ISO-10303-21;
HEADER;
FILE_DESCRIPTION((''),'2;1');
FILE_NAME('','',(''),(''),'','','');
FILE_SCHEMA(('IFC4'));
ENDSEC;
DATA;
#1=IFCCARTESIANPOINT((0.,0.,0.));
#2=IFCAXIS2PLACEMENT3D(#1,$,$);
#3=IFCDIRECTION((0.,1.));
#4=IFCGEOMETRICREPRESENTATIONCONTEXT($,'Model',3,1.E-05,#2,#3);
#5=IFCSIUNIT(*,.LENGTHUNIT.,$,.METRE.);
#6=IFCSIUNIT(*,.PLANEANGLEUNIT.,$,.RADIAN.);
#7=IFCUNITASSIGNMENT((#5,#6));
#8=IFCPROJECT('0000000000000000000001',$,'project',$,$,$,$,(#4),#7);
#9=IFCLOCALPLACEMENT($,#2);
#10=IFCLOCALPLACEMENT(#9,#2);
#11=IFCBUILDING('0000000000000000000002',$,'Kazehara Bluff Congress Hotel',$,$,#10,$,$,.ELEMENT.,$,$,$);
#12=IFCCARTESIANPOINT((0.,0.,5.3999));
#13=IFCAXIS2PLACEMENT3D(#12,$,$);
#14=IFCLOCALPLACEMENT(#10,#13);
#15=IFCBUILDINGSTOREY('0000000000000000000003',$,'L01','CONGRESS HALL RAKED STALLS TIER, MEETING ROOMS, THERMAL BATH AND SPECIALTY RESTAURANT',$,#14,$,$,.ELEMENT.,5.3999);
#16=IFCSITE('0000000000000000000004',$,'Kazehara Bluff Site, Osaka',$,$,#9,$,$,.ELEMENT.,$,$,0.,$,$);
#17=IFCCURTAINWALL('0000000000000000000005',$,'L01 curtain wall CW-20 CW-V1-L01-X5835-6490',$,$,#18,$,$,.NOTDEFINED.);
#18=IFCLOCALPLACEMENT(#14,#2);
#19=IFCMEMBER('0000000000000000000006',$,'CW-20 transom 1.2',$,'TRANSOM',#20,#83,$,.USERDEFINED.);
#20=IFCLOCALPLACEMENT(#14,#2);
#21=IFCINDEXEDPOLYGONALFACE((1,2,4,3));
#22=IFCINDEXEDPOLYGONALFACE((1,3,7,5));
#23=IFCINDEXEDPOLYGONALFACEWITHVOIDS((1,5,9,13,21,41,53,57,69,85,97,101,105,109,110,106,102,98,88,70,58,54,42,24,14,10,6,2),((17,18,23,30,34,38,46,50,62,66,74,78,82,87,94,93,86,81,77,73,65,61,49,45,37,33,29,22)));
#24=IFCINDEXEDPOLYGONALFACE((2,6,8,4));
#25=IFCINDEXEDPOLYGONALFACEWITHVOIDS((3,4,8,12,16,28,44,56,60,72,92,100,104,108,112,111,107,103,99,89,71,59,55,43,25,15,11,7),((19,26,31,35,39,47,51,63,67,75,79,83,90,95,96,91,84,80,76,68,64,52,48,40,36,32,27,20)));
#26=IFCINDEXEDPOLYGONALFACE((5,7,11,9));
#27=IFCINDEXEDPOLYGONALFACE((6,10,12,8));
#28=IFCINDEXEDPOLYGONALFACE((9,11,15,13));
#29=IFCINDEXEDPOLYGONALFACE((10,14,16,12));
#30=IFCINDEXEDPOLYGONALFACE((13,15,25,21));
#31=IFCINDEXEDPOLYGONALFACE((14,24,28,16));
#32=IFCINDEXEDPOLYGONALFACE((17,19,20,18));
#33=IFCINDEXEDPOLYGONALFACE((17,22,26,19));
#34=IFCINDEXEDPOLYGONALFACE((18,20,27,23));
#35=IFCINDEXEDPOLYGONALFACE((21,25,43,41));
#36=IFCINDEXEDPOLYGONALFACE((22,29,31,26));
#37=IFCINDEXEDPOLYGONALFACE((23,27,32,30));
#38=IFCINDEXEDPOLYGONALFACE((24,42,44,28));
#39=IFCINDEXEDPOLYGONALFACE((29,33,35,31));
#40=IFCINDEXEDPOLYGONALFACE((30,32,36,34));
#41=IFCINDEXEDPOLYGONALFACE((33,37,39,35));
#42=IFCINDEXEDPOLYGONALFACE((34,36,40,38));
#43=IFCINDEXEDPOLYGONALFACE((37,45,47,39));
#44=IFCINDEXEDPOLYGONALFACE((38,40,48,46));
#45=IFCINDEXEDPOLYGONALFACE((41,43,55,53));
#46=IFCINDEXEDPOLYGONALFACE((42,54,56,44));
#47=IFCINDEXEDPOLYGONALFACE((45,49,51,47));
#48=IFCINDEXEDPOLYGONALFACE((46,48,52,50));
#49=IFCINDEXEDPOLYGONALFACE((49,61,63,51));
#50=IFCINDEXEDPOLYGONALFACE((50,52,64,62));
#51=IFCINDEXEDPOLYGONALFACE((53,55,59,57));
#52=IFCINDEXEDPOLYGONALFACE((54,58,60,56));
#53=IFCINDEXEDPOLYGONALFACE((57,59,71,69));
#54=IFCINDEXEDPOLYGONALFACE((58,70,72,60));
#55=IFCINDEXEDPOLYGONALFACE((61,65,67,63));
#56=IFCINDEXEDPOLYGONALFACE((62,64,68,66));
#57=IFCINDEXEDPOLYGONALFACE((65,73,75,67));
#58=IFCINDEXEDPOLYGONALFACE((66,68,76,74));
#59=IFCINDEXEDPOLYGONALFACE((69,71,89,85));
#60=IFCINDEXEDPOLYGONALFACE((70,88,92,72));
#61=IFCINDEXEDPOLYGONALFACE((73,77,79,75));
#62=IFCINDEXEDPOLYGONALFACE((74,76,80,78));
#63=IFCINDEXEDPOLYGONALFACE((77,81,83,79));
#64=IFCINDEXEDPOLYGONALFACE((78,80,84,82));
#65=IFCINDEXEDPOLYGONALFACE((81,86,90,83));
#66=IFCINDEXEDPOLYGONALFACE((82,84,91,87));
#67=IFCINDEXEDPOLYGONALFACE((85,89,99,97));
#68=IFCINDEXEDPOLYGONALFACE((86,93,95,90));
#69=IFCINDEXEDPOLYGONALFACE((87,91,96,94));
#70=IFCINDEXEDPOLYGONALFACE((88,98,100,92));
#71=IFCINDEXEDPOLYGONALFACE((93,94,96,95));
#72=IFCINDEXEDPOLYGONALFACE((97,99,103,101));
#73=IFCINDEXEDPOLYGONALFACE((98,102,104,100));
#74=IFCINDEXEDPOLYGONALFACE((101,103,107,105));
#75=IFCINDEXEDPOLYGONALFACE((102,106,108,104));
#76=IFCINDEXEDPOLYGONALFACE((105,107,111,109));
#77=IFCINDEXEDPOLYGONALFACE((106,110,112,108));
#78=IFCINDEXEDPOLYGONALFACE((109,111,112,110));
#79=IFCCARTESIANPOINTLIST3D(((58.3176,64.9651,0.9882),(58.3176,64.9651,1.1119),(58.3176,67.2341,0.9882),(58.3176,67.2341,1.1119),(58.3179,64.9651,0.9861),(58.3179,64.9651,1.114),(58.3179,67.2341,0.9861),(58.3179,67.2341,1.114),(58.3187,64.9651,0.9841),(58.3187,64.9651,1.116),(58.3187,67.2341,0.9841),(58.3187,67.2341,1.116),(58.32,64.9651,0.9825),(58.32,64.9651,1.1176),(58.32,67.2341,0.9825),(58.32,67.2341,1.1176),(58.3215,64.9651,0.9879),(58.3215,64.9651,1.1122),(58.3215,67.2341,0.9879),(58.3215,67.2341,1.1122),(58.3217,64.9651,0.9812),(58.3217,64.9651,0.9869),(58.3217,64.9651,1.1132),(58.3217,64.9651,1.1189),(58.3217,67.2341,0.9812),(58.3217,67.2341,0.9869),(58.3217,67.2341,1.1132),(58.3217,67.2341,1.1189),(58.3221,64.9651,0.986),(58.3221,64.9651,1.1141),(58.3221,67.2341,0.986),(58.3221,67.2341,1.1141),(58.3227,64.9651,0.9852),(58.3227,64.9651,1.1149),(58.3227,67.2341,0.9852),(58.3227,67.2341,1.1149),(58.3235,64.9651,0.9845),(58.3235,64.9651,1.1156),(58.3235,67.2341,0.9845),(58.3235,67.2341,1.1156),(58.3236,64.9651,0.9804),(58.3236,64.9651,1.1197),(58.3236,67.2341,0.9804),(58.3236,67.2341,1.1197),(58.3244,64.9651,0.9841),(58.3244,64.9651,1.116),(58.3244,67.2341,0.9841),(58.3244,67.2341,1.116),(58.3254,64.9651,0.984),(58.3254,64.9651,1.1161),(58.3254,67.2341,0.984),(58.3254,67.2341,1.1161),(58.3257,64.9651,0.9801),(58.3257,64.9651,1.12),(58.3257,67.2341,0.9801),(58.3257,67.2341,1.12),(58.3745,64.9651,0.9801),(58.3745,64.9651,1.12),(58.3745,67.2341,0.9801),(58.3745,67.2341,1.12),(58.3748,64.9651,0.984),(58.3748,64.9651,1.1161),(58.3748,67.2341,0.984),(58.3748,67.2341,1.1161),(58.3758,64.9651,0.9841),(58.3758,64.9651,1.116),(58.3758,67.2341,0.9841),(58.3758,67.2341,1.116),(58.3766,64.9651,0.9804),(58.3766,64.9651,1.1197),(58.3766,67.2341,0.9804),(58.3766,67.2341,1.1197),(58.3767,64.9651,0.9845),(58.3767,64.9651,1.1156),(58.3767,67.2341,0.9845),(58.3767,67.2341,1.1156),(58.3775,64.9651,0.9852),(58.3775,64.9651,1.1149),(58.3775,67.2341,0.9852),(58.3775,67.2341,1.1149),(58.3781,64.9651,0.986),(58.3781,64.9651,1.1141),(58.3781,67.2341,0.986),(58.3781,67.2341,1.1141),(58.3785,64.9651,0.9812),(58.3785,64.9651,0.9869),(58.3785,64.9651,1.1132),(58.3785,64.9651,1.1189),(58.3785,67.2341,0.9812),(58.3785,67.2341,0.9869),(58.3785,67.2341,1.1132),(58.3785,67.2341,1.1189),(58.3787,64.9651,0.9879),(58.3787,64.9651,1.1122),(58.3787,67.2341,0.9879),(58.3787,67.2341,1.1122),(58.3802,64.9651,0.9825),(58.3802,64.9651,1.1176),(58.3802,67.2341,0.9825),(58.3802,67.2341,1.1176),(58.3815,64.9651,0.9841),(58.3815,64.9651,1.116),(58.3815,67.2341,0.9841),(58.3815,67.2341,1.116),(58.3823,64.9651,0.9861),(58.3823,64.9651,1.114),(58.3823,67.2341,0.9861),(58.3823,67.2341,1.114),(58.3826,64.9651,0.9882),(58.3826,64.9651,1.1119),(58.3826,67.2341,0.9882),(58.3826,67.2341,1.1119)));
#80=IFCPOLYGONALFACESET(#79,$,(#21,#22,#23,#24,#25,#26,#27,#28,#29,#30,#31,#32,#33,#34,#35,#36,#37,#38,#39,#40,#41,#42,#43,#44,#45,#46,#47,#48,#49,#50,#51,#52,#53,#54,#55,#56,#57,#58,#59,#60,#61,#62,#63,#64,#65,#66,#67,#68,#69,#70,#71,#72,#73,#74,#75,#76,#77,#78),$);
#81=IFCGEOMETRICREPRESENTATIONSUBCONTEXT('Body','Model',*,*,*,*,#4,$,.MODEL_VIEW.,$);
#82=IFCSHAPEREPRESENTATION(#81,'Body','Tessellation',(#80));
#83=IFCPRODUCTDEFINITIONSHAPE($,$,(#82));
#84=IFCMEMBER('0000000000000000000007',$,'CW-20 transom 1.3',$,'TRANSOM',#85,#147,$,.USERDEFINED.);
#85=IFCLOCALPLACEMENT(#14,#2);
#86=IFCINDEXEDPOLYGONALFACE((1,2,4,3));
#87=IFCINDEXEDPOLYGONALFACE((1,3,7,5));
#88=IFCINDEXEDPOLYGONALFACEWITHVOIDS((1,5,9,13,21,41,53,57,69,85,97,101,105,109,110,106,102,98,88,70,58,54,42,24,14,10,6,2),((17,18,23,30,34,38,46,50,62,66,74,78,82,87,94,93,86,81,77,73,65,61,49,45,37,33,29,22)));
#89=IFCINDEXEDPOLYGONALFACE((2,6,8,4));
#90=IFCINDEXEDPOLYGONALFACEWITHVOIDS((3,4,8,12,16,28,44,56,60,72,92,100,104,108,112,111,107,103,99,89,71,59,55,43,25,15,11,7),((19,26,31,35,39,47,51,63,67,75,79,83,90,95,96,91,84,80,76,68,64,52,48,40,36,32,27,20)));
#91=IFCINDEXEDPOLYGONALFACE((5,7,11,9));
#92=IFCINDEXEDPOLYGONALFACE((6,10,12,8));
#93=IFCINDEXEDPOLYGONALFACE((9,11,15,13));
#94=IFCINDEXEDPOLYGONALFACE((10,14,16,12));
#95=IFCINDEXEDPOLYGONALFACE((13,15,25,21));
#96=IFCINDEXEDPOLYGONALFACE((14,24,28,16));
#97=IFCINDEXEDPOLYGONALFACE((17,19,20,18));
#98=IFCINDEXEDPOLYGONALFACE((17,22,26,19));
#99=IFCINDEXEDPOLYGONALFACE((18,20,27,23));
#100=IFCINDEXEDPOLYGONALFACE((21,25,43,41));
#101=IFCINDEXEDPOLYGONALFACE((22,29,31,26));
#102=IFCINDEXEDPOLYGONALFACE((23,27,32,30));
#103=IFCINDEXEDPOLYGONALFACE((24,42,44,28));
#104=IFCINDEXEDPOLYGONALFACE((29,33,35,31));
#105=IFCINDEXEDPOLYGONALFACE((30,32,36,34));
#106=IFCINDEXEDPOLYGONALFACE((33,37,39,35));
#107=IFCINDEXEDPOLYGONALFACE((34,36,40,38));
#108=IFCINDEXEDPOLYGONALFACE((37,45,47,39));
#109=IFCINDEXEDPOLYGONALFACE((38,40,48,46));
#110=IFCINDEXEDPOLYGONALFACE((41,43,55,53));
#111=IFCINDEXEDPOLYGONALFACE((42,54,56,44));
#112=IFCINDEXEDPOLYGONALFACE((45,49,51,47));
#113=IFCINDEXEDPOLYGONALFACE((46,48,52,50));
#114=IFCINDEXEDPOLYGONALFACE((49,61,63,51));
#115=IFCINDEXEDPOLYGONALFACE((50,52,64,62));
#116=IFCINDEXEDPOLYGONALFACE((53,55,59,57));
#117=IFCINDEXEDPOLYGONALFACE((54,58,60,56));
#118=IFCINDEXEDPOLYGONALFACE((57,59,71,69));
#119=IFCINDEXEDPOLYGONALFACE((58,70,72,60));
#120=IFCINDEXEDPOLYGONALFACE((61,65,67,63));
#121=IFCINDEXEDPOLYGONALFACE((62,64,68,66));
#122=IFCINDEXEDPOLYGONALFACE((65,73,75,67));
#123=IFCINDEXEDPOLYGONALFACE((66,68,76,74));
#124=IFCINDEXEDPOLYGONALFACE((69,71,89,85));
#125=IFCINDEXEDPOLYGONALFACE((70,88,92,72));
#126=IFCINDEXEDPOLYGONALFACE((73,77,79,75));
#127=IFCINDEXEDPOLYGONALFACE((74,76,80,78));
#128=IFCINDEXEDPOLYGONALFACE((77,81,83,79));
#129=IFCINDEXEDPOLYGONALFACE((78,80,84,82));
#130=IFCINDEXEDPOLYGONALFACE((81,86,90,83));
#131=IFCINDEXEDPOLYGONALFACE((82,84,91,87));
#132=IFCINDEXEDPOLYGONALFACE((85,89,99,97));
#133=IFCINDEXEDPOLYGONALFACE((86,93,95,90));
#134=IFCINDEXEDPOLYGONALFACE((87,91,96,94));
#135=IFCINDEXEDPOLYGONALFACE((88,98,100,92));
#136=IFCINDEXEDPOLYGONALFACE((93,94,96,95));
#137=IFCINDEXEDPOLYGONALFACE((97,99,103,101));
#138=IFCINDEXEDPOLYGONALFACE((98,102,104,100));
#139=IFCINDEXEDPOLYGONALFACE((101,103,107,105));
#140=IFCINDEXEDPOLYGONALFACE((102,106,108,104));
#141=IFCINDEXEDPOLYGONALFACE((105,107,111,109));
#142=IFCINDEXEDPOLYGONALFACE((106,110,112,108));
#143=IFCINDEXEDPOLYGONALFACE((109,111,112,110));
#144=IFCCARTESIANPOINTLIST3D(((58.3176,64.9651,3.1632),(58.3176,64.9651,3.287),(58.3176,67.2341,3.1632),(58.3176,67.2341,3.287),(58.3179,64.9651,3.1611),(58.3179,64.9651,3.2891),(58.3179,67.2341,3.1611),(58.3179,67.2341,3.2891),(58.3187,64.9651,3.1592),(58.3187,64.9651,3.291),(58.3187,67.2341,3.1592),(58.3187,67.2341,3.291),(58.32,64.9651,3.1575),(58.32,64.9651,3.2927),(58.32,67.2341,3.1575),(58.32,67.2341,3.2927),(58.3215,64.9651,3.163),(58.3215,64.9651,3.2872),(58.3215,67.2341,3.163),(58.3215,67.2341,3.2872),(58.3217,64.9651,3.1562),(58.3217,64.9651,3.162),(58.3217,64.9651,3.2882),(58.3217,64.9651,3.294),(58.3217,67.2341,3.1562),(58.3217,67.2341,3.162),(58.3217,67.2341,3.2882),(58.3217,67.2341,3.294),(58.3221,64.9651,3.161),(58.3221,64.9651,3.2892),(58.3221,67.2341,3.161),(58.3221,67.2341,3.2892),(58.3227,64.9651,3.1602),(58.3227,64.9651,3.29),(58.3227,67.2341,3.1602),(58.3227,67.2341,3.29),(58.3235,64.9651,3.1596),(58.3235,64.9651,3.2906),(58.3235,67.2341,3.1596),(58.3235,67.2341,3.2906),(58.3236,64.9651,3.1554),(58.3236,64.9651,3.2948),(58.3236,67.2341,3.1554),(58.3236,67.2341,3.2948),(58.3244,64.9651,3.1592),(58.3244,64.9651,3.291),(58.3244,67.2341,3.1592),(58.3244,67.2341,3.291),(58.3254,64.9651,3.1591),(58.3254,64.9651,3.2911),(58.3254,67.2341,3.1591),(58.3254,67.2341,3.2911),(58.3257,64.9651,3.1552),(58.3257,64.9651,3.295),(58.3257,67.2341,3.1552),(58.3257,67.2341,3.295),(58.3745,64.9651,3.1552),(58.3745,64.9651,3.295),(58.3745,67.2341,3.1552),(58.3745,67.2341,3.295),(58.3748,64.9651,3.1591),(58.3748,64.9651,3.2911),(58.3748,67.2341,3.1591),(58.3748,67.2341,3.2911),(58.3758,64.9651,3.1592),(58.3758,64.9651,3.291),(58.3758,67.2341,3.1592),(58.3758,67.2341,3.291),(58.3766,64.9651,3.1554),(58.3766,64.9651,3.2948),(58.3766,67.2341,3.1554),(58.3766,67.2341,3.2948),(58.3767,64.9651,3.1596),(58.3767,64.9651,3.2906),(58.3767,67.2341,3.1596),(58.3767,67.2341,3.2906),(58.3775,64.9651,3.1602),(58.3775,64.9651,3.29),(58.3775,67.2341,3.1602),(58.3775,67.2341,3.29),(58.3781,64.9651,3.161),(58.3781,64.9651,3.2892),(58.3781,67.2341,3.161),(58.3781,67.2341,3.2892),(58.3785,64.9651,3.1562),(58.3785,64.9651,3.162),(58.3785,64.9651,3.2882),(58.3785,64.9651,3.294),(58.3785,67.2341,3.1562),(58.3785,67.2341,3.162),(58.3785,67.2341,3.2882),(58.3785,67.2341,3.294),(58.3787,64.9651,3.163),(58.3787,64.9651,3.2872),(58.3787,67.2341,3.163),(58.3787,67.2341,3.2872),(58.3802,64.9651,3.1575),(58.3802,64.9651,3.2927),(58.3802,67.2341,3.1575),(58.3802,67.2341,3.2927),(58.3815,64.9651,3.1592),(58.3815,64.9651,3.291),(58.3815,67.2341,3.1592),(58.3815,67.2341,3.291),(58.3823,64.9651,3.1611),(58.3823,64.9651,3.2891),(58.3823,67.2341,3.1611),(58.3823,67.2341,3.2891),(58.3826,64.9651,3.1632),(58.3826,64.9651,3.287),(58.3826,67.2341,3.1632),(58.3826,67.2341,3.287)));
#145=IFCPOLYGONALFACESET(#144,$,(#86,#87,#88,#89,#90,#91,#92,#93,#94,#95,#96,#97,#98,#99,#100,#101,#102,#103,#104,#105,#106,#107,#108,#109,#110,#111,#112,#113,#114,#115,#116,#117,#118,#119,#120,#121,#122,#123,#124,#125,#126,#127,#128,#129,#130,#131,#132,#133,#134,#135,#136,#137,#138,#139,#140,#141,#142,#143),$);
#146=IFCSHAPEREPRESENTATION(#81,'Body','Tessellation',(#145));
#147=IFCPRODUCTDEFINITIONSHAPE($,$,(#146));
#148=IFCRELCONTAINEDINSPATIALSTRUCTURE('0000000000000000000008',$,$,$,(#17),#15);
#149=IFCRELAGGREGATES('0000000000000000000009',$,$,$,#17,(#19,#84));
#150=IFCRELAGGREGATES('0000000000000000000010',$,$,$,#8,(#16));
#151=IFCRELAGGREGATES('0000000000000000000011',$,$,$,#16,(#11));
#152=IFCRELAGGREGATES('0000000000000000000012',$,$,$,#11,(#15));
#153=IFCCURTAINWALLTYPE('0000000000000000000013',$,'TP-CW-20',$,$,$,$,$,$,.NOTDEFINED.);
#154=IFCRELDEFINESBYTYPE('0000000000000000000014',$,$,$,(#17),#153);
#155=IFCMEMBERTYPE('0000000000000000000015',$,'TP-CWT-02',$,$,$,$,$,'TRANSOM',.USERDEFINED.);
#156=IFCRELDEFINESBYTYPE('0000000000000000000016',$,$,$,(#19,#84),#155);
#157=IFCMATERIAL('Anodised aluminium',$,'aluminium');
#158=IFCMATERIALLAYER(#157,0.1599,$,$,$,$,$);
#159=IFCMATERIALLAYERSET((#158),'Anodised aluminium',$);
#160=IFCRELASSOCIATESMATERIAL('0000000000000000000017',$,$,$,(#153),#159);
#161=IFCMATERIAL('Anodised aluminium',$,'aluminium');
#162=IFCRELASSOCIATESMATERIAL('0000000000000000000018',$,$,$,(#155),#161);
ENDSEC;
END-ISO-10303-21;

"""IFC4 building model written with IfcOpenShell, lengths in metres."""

from ifc_helpers import new_model, si_unit, direction, frame, origin, origin_2d, place, context, subcontext, project, spatial, hollow_rectangle, extrude, material, layer, layer_set, material_profile, profile_set, type_object, element, aggregate, save


model = new_model("IFC4")

# Units and contexts
model_context = context("Model", 3, precision=1e-05, world=origin(), true_north=direction((0.0, 1.0)))
body_context = subcontext(model_context, "Body", "Model", "MODEL_VIEW")
ifc_project = project(units=[si_unit("LENGTHUNIT", "METRE"), si_unit("PLANEANGLEUNIT", "RADIAN")], contexts=[model_context])

# Site, building, storey
site_placement = place(None, origin())
site = spatial("IfcSite", under=ifc_project, at=site_placement, Name="Kazehara Bluff Site, Osaka", CompositionType="ELEMENT", RefElevation=0.0)
building_placement = place(site_placement, origin())
building = spatial("IfcBuilding", under=site, at=building_placement, Name="Kazehara Bluff Congress Hotel", CompositionType="ELEMENT")
storey_placement = place(building_placement, frame((0.0, 0.0, 5.3999)))
storey = spatial("IfcBuildingStorey", under=building, at=storey_placement, Name="L01", Description="CONGRESS HALL RAKED STALLS TIER, MEETING ROOMS, THERMAL BATH AND SPECIALTY RESTAURANT", CompositionType="ELEMENT", Elevation=5.3999)

# Shared definitions
ifc_material_1 = material(Name="Anodised aluminium", Category="aluminium")
ifc_layer_1 = layer(ifc_material_1, 0.1599)
ifc_layer_set_1 = layer_set([ifc_layer_1], Name="Anodised aluminium")
curtain_wall_type = type_object("IfcCurtainWallType", Name="TP-CW-20", PredefinedType="NOTDEFINED", material=ifc_layer_set_1)

# Curtain wall
curtain_wall_1_placement = place(storey_placement, origin())
curtain_wall_1 = element("IfcCurtainWall", 1, at=curtain_wall_1_placement, inside=storey, type_object=curtain_wall_type, Name="L01 curtain wall CW-20 CW-V1-L01-X5835-6490", PredefinedType="NOTDEFINED")

# Members
ifc_material_2 = material(Name="Anodised aluminium", Category="aluminium")
ifc_material_profile_1 = material_profile(ifc_material_2, hollow_rectangle(XDim=0.0649, YDim=0.1399, WallThickness=0.0039, InnerFilletRadius=0.0039, OuterFilletRadius=0.0081, at=origin_2d()))
ifc_profile_set_1 = profile_set([ifc_material_profile_1], Name="Anodised aluminium")
member_type_1 = type_object("IfcMemberType", Name="TP-CWT-02", ElementType="TRANSOM", PredefinedType="USERDEFINED", material=ifc_profile_set_1)
member_1_placement = place(storey_placement, frame((58.3501, 64.9651, 1.05), z_axis=(0.0, 1.0, 0.0), x_axis=(-1.0, 0.0, 0.0)))
member_1 = element("IfcMember", 2, at=member_1_placement, type_object=member_type_1, Name="CW-20 transom 1.2", ObjectType="TRANSOM", PredefinedType="USERDEFINED", context=body_context, shape_type="SweptSolid", body=[
    extrude(hollow_rectangle(XDim=0.0649, YDim=0.1399, WallThickness=0.0039, InnerFilletRadius=0.0039, OuterFilletRadius=0.0081, at=origin_2d()), origin(), (0.0, 0.0, 1.0), 2.269),
])
member_2_placement = place(storey_placement, frame((58.3501, 64.9651, 3.2251), z_axis=(0.0, 1.0, 0.0), x_axis=(-1.0, 0.0, 0.0)))
member_2 = element("IfcMember", 3, at=member_2_placement, type_object=member_type_1, Name="CW-20 transom 1.3", ObjectType="TRANSOM", PredefinedType="USERDEFINED", context=body_context, shape_type="SweptSolid", body=[
    extrude(hollow_rectangle(XDim=0.0649, YDim=0.1399, WallThickness=0.0039, InnerFilletRadius=0.0039, OuterFilletRadius=0.0081, at=origin_2d()), origin(), (0.0, 0.0, 1.0), 2.269),
])

aggregate(curtain_wall_1, [member_1, member_2])

save(model, "model.ifc")
